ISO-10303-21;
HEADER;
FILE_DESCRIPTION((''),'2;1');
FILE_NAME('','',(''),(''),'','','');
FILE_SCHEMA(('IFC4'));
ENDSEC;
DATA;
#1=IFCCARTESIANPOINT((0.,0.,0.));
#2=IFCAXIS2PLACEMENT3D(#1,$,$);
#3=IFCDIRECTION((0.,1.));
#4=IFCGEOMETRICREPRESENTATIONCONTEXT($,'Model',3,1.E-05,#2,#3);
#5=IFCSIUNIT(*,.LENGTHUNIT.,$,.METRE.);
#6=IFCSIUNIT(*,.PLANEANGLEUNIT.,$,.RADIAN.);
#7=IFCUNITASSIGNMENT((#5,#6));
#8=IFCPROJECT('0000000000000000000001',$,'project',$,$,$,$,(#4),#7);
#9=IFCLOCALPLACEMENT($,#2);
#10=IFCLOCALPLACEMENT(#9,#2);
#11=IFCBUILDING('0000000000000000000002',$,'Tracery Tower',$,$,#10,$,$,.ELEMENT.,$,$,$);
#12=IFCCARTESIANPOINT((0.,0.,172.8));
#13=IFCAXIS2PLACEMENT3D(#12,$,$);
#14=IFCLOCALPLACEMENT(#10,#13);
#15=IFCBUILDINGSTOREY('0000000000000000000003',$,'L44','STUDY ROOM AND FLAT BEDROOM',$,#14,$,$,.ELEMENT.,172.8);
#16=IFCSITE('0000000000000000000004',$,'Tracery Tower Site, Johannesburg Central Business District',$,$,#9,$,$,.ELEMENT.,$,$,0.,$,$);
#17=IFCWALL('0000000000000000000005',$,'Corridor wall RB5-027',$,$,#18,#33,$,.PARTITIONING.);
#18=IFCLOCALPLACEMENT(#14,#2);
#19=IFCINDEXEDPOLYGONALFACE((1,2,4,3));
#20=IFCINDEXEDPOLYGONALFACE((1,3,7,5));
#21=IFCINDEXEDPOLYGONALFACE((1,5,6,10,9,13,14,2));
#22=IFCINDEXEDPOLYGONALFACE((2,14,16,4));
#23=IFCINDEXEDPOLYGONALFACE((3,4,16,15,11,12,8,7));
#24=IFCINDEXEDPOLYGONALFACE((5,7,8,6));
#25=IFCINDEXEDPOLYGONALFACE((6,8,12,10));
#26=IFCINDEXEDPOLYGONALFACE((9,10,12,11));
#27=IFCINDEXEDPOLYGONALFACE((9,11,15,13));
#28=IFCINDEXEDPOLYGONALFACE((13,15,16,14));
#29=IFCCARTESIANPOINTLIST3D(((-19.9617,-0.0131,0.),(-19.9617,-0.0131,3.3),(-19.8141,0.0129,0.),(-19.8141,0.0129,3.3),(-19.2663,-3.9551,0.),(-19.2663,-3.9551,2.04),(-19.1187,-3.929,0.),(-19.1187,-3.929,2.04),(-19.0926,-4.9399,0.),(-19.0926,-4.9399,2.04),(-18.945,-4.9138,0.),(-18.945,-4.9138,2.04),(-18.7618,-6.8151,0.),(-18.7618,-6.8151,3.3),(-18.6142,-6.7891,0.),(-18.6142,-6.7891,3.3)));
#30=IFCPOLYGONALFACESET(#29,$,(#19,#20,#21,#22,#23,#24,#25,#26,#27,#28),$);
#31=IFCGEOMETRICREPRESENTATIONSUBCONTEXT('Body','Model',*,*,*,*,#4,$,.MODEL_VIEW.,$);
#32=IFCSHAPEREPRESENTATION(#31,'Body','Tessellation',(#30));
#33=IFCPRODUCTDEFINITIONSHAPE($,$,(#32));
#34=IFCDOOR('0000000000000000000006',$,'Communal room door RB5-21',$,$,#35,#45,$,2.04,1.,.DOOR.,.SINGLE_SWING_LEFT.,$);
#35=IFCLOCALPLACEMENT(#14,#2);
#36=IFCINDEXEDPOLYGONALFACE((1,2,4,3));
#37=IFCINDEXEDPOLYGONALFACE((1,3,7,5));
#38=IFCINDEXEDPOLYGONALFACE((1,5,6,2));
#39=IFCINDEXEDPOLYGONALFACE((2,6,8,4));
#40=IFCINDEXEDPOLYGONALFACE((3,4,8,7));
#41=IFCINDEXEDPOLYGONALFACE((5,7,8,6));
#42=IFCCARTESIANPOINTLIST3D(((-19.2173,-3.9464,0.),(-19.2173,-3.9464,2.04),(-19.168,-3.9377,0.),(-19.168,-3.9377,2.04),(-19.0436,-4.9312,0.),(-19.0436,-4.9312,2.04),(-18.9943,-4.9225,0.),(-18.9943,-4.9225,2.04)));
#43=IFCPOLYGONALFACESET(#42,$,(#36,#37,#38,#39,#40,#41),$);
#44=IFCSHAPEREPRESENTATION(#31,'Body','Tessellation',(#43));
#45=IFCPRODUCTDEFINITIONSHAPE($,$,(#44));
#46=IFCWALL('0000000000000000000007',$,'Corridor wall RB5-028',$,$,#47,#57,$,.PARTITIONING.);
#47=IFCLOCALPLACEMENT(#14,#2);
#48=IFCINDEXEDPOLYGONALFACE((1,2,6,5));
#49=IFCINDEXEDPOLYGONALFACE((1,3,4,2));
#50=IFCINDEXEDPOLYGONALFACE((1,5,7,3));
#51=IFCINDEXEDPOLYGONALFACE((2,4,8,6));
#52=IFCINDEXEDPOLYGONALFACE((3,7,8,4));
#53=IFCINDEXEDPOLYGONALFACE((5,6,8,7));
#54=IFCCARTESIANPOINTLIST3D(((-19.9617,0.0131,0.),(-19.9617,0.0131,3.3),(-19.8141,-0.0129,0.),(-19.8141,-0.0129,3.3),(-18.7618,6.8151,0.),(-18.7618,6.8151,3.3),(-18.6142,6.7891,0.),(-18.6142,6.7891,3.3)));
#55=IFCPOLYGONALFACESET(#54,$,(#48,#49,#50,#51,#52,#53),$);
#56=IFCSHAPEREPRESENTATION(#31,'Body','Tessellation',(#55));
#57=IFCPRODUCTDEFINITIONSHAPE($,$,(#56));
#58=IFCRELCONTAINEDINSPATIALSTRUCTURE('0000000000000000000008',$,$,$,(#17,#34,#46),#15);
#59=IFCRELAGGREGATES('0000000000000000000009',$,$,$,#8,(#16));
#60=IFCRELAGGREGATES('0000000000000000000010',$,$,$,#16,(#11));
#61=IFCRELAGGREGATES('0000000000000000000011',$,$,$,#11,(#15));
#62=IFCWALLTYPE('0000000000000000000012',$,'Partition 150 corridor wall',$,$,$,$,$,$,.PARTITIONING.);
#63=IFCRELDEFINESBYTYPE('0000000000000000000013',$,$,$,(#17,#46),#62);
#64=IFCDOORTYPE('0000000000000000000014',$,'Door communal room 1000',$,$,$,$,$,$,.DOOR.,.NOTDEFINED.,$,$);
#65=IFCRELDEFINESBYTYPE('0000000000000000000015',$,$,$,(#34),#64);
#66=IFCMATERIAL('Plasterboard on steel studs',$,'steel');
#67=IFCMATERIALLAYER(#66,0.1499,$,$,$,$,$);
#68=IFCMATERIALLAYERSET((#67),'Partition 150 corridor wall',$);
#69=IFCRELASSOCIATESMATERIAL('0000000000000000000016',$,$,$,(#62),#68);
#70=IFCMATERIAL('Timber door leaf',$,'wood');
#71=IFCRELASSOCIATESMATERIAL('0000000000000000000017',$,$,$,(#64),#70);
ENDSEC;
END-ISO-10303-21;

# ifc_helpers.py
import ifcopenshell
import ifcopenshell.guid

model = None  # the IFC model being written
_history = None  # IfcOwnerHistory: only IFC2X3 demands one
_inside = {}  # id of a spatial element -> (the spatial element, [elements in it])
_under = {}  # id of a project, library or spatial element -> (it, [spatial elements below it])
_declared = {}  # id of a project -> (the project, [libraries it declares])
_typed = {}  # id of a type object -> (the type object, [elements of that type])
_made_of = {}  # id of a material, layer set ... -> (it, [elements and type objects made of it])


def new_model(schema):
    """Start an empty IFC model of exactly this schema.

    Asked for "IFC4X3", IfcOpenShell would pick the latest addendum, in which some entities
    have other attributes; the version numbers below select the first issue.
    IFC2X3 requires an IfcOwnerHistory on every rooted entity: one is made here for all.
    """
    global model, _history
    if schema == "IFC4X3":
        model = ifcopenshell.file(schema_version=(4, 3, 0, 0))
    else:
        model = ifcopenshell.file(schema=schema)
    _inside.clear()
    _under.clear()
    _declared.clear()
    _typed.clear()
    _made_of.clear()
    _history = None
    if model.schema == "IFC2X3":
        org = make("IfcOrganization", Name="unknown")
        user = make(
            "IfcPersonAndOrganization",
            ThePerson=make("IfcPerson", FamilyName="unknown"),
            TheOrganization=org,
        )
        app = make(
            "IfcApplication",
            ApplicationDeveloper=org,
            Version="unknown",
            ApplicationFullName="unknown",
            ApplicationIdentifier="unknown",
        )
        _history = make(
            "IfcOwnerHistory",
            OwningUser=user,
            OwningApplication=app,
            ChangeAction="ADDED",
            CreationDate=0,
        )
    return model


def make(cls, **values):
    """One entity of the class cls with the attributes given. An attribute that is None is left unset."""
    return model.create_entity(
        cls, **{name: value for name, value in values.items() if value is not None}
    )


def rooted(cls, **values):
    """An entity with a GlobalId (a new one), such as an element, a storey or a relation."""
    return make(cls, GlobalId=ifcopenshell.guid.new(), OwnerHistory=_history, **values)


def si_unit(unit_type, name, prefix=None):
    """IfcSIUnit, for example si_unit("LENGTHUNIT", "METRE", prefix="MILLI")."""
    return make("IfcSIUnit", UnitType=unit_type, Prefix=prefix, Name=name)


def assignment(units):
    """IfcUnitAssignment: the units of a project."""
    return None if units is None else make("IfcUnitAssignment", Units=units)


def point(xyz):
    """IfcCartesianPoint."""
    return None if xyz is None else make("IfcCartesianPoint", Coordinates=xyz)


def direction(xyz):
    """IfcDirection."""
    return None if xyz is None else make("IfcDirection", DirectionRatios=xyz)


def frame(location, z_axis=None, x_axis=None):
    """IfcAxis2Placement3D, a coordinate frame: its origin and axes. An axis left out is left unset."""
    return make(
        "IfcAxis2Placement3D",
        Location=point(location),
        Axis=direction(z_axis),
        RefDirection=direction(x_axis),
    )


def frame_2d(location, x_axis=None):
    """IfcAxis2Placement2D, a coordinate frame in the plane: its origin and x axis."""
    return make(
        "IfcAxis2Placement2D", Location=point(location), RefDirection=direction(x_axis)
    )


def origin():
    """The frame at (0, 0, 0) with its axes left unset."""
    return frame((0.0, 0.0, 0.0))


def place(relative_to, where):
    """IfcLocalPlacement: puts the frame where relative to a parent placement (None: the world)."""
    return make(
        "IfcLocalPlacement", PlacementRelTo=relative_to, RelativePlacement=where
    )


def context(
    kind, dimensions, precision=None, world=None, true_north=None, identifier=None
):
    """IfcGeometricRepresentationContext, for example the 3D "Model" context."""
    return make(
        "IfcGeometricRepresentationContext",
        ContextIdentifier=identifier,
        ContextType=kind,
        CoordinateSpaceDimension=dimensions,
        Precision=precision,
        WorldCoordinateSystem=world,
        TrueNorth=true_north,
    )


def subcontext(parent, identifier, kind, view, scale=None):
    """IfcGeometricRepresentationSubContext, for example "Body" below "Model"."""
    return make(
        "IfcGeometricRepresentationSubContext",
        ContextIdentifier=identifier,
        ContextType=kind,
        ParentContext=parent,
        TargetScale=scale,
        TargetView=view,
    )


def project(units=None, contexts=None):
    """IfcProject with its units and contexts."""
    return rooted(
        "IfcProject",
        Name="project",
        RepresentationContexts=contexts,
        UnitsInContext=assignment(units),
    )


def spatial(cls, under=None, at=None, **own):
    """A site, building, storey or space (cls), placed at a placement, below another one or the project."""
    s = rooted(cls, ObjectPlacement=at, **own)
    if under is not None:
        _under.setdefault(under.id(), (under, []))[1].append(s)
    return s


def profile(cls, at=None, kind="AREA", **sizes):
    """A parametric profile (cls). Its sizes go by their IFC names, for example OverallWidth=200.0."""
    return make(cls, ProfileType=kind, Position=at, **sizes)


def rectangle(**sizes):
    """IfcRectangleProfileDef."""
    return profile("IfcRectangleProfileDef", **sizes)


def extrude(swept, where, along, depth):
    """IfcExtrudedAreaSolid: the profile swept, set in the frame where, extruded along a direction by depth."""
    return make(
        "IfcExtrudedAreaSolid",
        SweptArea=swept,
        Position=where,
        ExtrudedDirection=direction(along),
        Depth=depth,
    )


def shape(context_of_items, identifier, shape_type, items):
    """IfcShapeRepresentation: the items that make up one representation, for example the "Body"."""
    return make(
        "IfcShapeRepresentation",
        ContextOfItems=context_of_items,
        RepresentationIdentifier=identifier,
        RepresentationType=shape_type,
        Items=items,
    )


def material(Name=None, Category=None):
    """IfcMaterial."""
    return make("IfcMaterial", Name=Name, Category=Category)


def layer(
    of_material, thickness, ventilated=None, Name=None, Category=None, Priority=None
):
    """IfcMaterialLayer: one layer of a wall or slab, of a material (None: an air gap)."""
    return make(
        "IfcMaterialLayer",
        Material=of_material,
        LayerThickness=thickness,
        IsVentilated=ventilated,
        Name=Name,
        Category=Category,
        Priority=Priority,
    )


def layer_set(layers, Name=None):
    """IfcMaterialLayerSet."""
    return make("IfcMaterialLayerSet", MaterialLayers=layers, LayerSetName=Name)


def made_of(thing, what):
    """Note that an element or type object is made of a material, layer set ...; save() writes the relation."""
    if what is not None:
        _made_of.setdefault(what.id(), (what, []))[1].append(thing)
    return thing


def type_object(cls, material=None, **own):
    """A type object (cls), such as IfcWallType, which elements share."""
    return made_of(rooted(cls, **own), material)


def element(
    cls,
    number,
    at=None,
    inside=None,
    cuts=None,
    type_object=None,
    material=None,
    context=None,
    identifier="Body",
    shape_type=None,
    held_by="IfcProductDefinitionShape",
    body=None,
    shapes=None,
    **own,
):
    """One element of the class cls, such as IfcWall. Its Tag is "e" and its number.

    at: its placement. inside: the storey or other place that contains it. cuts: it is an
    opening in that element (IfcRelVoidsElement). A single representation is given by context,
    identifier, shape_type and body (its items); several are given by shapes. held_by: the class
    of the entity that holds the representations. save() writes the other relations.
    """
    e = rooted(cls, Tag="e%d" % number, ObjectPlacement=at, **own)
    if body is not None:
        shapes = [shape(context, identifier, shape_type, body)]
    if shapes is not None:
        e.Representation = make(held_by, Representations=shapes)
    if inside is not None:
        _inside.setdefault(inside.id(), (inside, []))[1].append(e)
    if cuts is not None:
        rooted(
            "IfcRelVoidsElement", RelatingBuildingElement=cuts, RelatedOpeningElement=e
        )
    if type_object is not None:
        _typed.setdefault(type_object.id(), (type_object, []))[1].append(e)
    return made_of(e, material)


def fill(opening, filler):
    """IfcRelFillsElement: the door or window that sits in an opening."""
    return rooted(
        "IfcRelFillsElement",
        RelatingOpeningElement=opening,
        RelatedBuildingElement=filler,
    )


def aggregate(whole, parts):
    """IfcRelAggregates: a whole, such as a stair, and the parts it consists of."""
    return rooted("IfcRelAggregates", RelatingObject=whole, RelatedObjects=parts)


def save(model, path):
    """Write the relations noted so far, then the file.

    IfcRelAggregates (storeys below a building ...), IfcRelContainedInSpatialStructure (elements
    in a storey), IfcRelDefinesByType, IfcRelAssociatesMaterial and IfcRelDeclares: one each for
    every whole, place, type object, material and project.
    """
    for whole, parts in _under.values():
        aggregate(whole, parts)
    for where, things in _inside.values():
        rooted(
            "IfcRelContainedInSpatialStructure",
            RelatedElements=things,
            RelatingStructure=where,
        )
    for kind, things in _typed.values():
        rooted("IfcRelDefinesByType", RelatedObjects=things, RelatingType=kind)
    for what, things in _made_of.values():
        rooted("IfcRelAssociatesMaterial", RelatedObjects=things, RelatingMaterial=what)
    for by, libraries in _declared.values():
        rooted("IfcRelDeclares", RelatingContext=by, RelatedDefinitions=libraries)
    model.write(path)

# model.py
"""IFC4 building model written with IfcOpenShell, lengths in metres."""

from ifc_helpers import new_model, si_unit, direction, frame, frame_2d, origin, place, context, subcontext, project, spatial, rectangle, extrude, material, layer, layer_set, type_object, element, fill, save


model = new_model("IFC4")

# Units and contexts
model_context = context("Model", 3, precision=1e-05, world=origin(), true_north=direction((0.0, 1.0)))
body_context = subcontext(model_context, "Body", "Model", "MODEL_VIEW")
ifc_project = project(units=[si_unit("LENGTHUNIT", "METRE"), si_unit("PLANEANGLEUNIT", "RADIAN")], contexts=[model_context])

# Site, building, storey
site_placement = place(None, origin())
site = spatial("IfcSite", under=ifc_project, at=site_placement, Name="Tracery Tower Site, Johannesburg Central Business District", CompositionType="ELEMENT", RefElevation=0.0)
building_placement = place(site_placement, origin())
building = spatial("IfcBuilding", under=site, at=building_placement, Name="Tracery Tower", CompositionType="ELEMENT")
storey_placement = place(building_placement, frame((0.0, 0.0, 172.8)))
storey = spatial("IfcBuildingStorey", under=building, at=storey_placement, Name="L44", Description="STUDY ROOM AND FLAT BEDROOM", CompositionType="ELEMENT", Elevation=172.8)

# Shared definitions
ifc_material_1 = material(Name="Plasterboard on steel studs", Category="steel")
ifc_layer_1 = layer(ifc_material_1, 0.1499)
ifc_layer_set_1 = layer_set([ifc_layer_1], Name="Partition 150 corridor wall")
wall_type_1 = type_object("IfcWallType", Name="Partition 150 corridor wall", PredefinedType="PARTITIONING", material=ifc_layer_set_1)

# Wall, opening, door
ifc_material_2 = material(Name="Timber door leaf", Category="wood")
door_type_1 = type_object("IfcDoorType", Name="Door communal room 1000", OperationType="NOTDEFINED", PredefinedType="DOOR", material=ifc_material_2)
wall_1_placement = place(storey_placement, frame((-19.8879, 0.0, 0.0), z_axis=(0.0, 0.0, 1.0), x_axis=(0.173729, -0.984794, 0.0)))
wall_1 = element("IfcWall", 1, at=wall_1_placement, inside=storey, type_object=wall_type_1, Name="Corridor wall RB5-027", PredefinedType="PARTITIONING", context=body_context, shape_type="SweptSolid", body=[
    extrude(rectangle(XDim=6.907, YDim=0.1499, at=frame_2d((3.4536, 0.0))), origin(), (0.0, 0.0, 1.0), 3.3),
])
opening_1_placement = place(wall_1_placement, frame((4.0029, 0.0, 0.0)))
opening_1 = element("IfcOpeningElement", 2, at=opening_1_placement, cuts=wall_1, PredefinedType="OPENING", context=body_context, shape_type="SweptSolid", body=[
    extrude(rectangle(XDim=1.0, YDim=2.04, at=frame_2d((0.5, 1.02))), frame((0.0, 0.075, 0.0), z_axis=(0.0, -1.0, 0.0), x_axis=(1.0, 0.0, 0.0)), (0.0, 0.0, 1.0), 0.1499),
])
door_1_placement = place(opening_1_placement, origin())
door_1 = element("IfcDoor", 3, at=door_1_placement, inside=storey, type_object=door_type_1, Name="Communal room door RB5-21", OperationType="SINGLE_SWING_LEFT", OverallHeight=2.04, OverallWidth=1.0, PredefinedType="DOOR", context=body_context, shape_type="SweptSolid", body=[
    extrude(rectangle(XDim=1.0, YDim=2.04, at=frame_2d((0.5, 1.02))), frame((0.0, 0.0249, 0.0), z_axis=(0.0, -1.0, 0.0), x_axis=(1.0, 0.0, 0.0)), (0.0, 0.0, 1.0), 0.05),
])
fill(opening_1, door_1)

# Wall
wall_2_placement = place(storey_placement, frame((-19.8879, 0.0, 0.0), z_axis=(0.0, 0.0, 1.0), x_axis=(0.173729, 0.984794, 0.0)))
element("IfcWall", 4, at=wall_2_placement, inside=storey, type_object=wall_type_1, Name="Corridor wall RB5-028", PredefinedType="PARTITIONING", context=body_context, shape_type="SweptSolid", body=[
    extrude(rectangle(XDim=6.907, YDim=0.1499, at=frame_2d((3.4536, 0.0))), origin(), (0.0, 0.0, 1.0), 3.3),
])

save(model, "model.ifc")
